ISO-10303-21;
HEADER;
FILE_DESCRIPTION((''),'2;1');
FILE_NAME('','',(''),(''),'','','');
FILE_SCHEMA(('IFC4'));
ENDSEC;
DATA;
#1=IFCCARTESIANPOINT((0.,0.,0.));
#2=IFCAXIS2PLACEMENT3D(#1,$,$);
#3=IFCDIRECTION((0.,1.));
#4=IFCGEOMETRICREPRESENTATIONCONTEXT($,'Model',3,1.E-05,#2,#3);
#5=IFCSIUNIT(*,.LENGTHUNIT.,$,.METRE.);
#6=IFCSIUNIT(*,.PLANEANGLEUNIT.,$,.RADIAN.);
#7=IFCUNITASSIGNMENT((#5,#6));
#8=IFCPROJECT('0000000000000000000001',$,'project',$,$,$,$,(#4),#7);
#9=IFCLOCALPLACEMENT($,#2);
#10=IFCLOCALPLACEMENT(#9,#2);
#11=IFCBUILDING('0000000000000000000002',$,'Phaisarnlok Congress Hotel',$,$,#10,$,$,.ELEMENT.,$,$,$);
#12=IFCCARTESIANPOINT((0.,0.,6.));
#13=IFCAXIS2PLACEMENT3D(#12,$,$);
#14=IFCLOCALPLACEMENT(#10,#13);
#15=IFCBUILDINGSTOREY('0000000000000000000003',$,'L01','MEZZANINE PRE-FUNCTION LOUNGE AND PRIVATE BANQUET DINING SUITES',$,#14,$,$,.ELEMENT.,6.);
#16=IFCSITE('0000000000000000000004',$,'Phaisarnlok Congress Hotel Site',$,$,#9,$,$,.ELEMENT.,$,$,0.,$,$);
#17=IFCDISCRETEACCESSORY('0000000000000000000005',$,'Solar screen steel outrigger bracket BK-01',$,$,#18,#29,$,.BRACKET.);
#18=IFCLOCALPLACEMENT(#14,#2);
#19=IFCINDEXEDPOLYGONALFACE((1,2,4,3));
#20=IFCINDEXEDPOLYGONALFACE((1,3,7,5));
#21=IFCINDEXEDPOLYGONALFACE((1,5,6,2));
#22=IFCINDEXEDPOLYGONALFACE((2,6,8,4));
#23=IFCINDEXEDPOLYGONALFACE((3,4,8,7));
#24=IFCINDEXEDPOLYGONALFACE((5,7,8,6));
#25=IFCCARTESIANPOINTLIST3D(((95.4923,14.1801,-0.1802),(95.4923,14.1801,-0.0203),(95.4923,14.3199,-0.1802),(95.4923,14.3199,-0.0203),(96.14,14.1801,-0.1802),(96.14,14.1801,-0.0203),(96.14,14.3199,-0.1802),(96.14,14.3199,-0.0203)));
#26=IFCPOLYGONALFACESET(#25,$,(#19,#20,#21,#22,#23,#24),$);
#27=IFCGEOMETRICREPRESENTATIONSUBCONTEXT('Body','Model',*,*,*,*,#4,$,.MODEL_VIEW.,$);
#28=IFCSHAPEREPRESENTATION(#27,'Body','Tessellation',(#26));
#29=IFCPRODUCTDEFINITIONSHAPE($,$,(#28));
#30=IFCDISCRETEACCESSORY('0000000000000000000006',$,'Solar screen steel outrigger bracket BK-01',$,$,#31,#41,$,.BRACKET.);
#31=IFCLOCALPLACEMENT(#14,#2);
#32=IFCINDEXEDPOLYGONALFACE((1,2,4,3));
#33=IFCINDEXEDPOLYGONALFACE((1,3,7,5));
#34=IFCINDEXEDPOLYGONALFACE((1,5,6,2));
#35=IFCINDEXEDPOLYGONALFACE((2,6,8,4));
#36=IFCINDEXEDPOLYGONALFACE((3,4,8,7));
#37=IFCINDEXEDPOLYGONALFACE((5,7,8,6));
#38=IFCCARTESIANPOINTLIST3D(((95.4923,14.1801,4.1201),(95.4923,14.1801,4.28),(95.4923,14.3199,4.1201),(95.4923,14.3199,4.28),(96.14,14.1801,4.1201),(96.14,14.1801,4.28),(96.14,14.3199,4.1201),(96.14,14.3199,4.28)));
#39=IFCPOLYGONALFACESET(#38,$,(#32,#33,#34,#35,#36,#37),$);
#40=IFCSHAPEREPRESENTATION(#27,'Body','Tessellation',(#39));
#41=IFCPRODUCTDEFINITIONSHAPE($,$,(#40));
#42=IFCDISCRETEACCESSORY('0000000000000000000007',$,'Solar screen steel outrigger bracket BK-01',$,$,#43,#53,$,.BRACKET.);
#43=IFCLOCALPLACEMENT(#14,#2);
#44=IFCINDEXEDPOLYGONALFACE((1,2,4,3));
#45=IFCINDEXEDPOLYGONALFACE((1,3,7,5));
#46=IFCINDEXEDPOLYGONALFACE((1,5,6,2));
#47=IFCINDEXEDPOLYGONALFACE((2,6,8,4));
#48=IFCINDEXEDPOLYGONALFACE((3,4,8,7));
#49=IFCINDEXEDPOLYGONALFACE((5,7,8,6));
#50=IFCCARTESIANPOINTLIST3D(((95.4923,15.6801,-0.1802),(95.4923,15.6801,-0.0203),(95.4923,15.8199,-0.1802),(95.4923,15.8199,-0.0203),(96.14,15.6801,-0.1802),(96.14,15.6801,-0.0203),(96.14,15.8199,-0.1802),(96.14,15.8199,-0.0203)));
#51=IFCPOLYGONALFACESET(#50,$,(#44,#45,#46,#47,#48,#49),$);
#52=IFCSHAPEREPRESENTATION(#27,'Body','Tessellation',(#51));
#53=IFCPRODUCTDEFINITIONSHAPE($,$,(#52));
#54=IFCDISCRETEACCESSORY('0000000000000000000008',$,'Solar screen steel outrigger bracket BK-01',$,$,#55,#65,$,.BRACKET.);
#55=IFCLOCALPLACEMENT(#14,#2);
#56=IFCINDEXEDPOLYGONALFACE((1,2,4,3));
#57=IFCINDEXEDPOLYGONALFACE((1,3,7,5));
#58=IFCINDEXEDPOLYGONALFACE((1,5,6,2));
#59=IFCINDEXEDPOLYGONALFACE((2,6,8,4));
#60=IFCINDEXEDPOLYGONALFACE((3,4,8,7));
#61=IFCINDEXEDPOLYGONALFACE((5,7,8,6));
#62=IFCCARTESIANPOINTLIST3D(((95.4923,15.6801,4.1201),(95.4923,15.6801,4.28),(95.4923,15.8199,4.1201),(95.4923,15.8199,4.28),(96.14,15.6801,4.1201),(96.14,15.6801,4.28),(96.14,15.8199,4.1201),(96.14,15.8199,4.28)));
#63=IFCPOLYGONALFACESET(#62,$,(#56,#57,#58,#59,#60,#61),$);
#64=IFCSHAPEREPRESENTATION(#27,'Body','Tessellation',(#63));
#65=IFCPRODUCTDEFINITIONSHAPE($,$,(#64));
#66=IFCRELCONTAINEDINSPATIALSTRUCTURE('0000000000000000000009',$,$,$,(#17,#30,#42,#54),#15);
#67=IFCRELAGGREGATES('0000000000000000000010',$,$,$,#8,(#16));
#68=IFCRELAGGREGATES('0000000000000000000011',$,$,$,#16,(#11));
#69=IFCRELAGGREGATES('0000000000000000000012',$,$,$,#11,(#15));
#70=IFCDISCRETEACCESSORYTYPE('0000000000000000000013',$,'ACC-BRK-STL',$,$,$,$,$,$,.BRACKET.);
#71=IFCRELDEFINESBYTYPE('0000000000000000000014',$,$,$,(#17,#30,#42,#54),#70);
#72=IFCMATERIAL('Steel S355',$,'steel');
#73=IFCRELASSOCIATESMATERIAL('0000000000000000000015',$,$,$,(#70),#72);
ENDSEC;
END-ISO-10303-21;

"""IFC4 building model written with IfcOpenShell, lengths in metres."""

from ifc_helpers import new_model, si_unit, direction, frame, origin, origin_2d, place, context, subcontext, project, spatial, rectangle, extrude, material, type_object, element, save


model = new_model("IFC4")

# Units and contexts
model_context = context("Model", 3, precision=1e-05, world=origin(), true_north=direction((0.0, 1.0)))
body_context = subcontext(model_context, "Body", "Model", "MODEL_VIEW")
ifc_project = project(units=[si_unit("LENGTHUNIT", "METRE"), si_unit("PLANEANGLEUNIT", "RADIAN")], contexts=[model_context])

# Site, building, storey
site_placement = place(None, origin())
site = spatial("IfcSite", under=ifc_project, at=site_placement, Name="Phaisarnlok Congress Hotel Site", CompositionType="ELEMENT", RefElevation=0.0)
building_placement = place(site_placement, origin())
building = spatial("IfcBuilding", under=site, at=building_placement, Name="Phaisarnlok Congress Hotel", CompositionType="ELEMENT")
storey_placement = place(building_placement, frame((0.0, 0.0, 6.0)))
storey = spatial("IfcBuildingStorey", under=building, at=storey_placement, Name="L01", Description="MEZZANINE PRE-FUNCTION LOUNGE AND PRIVATE BANQUET DINING SUITES", CompositionType="ELEMENT", Elevation=6.0)

# Discrete accessories
ifc_material_1 = material(Name="Steel S355", Category="steel")
discrete_accessory_type = type_object("IfcDiscreteAccessoryType", Name="ACC-BRK-STL", PredefinedType="BRACKET", material=ifc_material_1)
for number, where, z_axis, x_axis, name in (
    (1, (95.8162, 14.25, -0.1802), (0.0, 0.0, 1.0), (1.0, 0.0, 0.0), "Solar screen steel outrigger bracket BK-01"),
    (2, (95.8162, 14.25, 4.1201), (0.0, 0.0, 1.0), (1.0, 0.0, 0.0), "Solar screen steel outrigger bracket BK-01"),
    (3, (95.8162, 15.75, -0.1802), (0.0, 0.0, 1.0), (1.0, 0.0, 0.0), "Solar screen steel outrigger bracket BK-01"),
    (4, (95.8162, 15.75, 4.1201), (0.0, 0.0, 1.0), (1.0, 0.0, 0.0), "Solar screen steel outrigger bracket BK-01"),
):
    element("IfcDiscreteAccessory", number, at=place(storey_placement, frame(where, z_axis=z_axis, x_axis=x_axis)), inside=storey, type_object=discrete_accessory_type, Name=name, PredefinedType="BRACKET", context=body_context, shape_type="SweptSolid", body=[
        extrude(rectangle(XDim=0.6477, YDim=0.1399, at=origin_2d()), origin(), (0.0, 0.0, 1.0), 0.1599),
    ])

save(model, "model.ifc")
